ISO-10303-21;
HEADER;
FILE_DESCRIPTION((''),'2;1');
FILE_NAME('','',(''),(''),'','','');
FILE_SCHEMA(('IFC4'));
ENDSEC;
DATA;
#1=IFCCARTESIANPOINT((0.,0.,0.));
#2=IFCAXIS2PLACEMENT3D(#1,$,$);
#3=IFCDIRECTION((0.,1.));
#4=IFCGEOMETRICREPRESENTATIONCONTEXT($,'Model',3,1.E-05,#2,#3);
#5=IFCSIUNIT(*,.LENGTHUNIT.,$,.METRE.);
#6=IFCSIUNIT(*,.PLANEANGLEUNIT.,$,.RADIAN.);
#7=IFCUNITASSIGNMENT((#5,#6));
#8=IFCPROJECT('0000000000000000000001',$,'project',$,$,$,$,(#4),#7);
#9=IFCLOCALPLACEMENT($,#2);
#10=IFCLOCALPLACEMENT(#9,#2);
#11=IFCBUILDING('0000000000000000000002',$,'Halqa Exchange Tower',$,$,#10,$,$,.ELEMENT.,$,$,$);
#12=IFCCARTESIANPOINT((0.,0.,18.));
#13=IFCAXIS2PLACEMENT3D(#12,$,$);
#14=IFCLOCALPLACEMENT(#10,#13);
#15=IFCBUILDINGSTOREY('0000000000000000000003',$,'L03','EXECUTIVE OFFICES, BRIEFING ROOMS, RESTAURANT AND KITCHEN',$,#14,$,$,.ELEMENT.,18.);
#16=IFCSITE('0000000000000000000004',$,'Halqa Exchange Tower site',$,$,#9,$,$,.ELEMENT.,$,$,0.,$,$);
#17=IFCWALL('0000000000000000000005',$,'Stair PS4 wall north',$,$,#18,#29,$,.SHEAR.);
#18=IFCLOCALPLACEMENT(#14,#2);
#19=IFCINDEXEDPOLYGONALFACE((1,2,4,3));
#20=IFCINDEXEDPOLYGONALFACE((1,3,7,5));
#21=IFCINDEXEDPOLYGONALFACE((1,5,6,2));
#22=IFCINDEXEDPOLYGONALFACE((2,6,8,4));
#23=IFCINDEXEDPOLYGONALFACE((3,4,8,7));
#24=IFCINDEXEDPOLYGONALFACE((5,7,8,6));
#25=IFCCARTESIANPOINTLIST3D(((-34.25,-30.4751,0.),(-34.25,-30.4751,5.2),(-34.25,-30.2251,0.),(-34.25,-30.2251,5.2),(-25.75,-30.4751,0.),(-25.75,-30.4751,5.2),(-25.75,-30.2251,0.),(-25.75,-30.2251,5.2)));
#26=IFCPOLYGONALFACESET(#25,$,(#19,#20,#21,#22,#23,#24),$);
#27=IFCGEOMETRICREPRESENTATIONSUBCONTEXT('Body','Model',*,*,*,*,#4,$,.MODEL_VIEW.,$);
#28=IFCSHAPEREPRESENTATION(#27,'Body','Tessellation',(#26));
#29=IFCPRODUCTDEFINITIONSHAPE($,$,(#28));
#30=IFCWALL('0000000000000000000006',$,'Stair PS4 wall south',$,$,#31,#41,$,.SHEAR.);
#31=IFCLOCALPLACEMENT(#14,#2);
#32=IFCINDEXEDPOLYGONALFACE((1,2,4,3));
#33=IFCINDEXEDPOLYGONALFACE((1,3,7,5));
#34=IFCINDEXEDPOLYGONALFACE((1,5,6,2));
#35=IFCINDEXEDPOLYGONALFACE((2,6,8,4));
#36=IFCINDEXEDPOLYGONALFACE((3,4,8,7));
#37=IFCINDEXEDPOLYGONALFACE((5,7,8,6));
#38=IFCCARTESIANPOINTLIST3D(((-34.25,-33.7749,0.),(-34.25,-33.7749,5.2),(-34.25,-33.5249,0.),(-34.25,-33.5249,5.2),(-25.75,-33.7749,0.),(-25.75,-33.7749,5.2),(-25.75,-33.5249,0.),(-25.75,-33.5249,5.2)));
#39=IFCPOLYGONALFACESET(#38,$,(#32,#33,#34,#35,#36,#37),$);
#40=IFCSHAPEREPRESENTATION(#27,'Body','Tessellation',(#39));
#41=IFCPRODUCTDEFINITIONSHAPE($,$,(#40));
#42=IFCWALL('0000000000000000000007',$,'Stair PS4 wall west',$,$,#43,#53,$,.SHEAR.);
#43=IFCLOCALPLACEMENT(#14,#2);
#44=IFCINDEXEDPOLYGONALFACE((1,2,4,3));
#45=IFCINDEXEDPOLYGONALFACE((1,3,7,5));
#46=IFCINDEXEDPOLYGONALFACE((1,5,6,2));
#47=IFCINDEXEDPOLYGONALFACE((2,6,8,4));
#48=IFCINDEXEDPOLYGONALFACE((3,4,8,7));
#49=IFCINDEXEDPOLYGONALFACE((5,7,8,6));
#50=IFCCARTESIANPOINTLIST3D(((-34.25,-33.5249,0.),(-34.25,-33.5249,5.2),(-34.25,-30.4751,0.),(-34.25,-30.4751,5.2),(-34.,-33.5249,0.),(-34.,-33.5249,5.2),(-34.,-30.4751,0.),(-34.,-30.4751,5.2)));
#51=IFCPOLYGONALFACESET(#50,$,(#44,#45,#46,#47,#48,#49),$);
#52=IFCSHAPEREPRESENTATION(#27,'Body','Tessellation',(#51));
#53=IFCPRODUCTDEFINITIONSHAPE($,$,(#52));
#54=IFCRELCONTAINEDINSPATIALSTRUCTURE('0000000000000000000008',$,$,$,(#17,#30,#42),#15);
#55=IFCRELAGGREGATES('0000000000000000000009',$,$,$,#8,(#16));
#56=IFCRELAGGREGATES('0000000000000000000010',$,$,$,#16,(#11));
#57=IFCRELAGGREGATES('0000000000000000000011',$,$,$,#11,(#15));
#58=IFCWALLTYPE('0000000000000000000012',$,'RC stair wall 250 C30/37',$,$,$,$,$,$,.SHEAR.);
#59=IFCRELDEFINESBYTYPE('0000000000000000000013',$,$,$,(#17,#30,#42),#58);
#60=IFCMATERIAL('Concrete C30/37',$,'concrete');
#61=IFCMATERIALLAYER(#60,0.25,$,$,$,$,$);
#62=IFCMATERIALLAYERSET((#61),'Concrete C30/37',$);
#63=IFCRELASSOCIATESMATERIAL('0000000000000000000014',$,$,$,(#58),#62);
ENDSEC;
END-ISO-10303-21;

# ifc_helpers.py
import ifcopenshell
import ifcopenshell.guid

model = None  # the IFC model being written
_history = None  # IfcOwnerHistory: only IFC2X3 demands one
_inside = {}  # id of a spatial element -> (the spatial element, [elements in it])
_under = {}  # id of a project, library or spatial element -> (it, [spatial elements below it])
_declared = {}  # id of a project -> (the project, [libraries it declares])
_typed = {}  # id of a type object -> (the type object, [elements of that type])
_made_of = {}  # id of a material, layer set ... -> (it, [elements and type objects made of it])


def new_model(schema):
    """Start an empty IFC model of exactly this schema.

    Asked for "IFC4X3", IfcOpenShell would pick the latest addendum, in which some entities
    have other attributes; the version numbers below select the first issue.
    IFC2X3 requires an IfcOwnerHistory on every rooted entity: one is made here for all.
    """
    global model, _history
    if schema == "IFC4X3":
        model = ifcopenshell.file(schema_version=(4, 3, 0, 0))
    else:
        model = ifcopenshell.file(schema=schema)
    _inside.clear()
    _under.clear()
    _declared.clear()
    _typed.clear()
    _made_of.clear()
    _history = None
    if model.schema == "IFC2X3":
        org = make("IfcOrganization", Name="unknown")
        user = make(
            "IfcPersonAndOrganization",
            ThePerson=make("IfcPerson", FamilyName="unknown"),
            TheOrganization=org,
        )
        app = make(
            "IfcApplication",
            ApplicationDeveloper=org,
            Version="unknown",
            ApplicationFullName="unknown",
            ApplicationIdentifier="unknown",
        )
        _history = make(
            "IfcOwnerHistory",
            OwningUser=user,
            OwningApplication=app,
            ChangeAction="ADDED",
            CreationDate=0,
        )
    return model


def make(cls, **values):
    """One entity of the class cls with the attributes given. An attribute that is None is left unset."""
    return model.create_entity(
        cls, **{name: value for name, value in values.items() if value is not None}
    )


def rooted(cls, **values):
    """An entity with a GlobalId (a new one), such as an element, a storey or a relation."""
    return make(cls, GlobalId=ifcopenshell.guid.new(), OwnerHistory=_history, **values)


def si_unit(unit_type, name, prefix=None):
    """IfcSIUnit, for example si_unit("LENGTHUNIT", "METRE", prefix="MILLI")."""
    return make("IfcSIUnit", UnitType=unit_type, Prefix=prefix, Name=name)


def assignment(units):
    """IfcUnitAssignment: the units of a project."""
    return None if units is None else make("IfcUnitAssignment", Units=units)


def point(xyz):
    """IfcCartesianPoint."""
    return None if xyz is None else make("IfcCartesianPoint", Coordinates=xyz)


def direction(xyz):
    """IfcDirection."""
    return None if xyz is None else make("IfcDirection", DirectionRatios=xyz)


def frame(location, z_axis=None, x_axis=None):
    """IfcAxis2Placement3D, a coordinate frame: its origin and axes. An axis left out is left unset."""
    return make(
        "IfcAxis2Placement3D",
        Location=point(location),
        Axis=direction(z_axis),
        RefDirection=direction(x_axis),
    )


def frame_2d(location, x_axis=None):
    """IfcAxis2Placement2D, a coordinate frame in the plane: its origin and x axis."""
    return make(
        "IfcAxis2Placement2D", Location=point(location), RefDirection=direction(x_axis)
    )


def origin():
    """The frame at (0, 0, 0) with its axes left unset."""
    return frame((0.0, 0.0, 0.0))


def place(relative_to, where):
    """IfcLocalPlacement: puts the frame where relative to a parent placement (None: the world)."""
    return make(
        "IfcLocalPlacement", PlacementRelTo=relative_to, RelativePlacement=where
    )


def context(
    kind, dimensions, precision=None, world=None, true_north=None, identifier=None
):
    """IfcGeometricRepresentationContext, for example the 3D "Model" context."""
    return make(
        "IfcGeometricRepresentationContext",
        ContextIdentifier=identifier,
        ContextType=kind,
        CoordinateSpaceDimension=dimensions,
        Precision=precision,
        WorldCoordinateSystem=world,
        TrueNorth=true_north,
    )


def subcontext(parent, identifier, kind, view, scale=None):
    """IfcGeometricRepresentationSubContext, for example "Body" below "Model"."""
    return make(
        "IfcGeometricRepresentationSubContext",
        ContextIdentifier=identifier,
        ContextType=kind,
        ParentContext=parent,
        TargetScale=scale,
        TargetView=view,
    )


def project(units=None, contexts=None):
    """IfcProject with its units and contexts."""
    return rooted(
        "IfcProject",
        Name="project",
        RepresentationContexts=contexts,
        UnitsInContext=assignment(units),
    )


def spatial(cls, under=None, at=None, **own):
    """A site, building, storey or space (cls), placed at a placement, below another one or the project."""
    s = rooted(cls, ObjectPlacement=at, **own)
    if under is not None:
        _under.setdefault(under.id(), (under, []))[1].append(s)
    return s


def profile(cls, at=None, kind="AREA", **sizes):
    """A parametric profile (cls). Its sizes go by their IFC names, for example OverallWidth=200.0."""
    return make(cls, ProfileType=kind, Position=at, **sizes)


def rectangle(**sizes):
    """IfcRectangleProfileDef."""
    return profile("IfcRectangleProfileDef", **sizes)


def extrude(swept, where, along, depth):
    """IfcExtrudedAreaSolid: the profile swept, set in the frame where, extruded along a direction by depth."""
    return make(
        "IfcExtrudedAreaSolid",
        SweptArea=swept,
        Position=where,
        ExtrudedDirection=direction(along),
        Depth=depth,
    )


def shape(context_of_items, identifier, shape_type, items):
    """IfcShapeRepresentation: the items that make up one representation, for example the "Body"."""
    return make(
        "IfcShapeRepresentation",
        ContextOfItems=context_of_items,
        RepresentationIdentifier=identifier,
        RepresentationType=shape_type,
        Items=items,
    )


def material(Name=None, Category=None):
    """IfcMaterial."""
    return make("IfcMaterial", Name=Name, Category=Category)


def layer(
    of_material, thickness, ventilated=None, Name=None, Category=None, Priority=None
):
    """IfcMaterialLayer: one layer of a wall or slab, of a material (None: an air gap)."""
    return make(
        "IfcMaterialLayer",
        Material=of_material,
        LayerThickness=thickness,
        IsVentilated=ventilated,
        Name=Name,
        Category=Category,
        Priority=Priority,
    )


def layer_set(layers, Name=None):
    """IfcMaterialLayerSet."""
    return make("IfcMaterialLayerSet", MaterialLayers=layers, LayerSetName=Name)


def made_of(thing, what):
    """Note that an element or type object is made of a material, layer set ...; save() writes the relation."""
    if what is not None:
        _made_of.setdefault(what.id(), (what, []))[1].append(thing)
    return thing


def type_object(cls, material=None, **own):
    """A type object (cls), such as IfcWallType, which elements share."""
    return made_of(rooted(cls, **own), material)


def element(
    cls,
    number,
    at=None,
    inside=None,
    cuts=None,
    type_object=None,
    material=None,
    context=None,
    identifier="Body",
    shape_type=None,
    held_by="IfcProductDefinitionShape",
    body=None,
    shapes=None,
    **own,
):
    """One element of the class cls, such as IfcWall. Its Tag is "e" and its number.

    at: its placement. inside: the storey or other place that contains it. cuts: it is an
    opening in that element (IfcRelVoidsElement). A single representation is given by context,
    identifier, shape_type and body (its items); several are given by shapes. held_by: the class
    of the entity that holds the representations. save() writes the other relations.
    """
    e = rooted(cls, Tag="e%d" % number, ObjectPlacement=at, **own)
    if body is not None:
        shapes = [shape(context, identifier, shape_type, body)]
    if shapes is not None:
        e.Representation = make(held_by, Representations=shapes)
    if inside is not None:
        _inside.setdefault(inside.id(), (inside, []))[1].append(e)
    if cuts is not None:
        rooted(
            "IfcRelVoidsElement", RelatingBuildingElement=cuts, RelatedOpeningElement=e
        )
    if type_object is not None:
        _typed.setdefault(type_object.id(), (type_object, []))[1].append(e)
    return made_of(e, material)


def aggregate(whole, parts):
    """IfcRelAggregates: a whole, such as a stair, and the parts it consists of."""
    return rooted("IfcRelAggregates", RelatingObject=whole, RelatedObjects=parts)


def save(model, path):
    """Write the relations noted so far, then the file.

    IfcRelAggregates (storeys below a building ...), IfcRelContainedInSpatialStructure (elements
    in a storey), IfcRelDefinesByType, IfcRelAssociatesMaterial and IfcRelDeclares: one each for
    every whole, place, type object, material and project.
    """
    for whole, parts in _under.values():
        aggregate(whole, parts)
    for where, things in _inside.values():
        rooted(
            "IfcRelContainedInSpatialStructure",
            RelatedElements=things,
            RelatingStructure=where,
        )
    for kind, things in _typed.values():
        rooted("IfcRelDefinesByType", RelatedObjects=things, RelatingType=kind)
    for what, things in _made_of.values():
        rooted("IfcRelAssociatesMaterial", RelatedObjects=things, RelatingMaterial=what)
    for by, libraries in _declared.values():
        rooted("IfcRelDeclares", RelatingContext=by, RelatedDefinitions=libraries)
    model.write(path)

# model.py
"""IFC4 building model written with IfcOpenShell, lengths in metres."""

from ifc_helpers import new_model, si_unit, direction, frame, frame_2d, origin, place, context, subcontext, project, spatial, rectangle, extrude, material, layer, layer_set, type_object, element, save


model = new_model("IFC4")

# Units and contexts
model_context = context("Model", 3, precision=1e-05, world=origin(), true_north=direction((0.0, 1.0)))
body_context = subcontext(model_context, "Body", "Model", "MODEL_VIEW")
ifc_project = project(units=[si_unit("LENGTHUNIT", "METRE"), si_unit("PLANEANGLEUNIT", "RADIAN")], contexts=[model_context])

# Site, building, storey
site_placement = place(None, origin())
site = spatial("IfcSite", under=ifc_project, at=site_placement, Name="Halqa Exchange Tower site", CompositionType="ELEMENT", RefElevation=0.0)
building_placement = place(site_placement, origin())
building = spatial("IfcBuilding", under=site, at=building_placement, Name="Halqa Exchange Tower", CompositionType="ELEMENT")
storey_placement = place(building_placement, frame((0.0, 0.0, 18.0)))
storey = spatial("IfcBuildingStorey", under=building, at=storey_placement, Name="L03", Description="EXECUTIVE OFFICES, BRIEFING ROOMS, RESTAURANT AND KITCHEN", CompositionType="ELEMENT", Elevation=18.0)

# Walls
ifc_material_1 = material(Name="Concrete C30/37", Category="concrete")
ifc_layer_1 = layer(ifc_material_1, 0.25)
ifc_layer_set_1 = layer_set([ifc_layer_1], Name="Concrete C30/37")
wall_type_1 = type_object("IfcWallType", Name="RC stair wall 250 C30/37", PredefinedType="SHEAR", material=ifc_layer_set_1)
for number, where, z_axis, x_axis, name in (
    (1, (-34.25, -30.3501, 0.0), (0.0, 0.0, 1.0), (1.0, 0.0, 0.0), "Stair PS4 wall north"),
    (2, (-34.25, -33.6499, 0.0), (0.0, 0.0, 1.0), (1.0, 0.0, 0.0), "Stair PS4 wall south"),
):
    element("IfcWall", number, at=place(storey_placement, frame(where, z_axis=z_axis, x_axis=x_axis)), inside=storey, type_object=wall_type_1, Name=name, PredefinedType="SHEAR", context=body_context, shape_type="SweptSolid", body=[
        extrude(rectangle(XDim=8.5, YDim=0.25, at=frame_2d((4.25, 0.0))), origin(), (0.0, 0.0, 1.0), 5.2),
    ])
wall_1_placement = place(storey_placement, frame((-34.125, -33.5249, 0.0), z_axis=(0.0, 0.0, 1.0), x_axis=(0.0, 1.0, 0.0)))
element("IfcWall", 3, at=wall_1_placement, inside=storey, type_object=wall_type_1, Name="Stair PS4 wall west", PredefinedType="SHEAR", context=body_context, shape_type="SweptSolid", body=[
    extrude(rectangle(XDim=3.0498, YDim=0.25, at=frame_2d((1.5249, 0.0))), origin(), (0.0, 0.0, 1.0), 5.2),
])

save(model, "model.ifc")
